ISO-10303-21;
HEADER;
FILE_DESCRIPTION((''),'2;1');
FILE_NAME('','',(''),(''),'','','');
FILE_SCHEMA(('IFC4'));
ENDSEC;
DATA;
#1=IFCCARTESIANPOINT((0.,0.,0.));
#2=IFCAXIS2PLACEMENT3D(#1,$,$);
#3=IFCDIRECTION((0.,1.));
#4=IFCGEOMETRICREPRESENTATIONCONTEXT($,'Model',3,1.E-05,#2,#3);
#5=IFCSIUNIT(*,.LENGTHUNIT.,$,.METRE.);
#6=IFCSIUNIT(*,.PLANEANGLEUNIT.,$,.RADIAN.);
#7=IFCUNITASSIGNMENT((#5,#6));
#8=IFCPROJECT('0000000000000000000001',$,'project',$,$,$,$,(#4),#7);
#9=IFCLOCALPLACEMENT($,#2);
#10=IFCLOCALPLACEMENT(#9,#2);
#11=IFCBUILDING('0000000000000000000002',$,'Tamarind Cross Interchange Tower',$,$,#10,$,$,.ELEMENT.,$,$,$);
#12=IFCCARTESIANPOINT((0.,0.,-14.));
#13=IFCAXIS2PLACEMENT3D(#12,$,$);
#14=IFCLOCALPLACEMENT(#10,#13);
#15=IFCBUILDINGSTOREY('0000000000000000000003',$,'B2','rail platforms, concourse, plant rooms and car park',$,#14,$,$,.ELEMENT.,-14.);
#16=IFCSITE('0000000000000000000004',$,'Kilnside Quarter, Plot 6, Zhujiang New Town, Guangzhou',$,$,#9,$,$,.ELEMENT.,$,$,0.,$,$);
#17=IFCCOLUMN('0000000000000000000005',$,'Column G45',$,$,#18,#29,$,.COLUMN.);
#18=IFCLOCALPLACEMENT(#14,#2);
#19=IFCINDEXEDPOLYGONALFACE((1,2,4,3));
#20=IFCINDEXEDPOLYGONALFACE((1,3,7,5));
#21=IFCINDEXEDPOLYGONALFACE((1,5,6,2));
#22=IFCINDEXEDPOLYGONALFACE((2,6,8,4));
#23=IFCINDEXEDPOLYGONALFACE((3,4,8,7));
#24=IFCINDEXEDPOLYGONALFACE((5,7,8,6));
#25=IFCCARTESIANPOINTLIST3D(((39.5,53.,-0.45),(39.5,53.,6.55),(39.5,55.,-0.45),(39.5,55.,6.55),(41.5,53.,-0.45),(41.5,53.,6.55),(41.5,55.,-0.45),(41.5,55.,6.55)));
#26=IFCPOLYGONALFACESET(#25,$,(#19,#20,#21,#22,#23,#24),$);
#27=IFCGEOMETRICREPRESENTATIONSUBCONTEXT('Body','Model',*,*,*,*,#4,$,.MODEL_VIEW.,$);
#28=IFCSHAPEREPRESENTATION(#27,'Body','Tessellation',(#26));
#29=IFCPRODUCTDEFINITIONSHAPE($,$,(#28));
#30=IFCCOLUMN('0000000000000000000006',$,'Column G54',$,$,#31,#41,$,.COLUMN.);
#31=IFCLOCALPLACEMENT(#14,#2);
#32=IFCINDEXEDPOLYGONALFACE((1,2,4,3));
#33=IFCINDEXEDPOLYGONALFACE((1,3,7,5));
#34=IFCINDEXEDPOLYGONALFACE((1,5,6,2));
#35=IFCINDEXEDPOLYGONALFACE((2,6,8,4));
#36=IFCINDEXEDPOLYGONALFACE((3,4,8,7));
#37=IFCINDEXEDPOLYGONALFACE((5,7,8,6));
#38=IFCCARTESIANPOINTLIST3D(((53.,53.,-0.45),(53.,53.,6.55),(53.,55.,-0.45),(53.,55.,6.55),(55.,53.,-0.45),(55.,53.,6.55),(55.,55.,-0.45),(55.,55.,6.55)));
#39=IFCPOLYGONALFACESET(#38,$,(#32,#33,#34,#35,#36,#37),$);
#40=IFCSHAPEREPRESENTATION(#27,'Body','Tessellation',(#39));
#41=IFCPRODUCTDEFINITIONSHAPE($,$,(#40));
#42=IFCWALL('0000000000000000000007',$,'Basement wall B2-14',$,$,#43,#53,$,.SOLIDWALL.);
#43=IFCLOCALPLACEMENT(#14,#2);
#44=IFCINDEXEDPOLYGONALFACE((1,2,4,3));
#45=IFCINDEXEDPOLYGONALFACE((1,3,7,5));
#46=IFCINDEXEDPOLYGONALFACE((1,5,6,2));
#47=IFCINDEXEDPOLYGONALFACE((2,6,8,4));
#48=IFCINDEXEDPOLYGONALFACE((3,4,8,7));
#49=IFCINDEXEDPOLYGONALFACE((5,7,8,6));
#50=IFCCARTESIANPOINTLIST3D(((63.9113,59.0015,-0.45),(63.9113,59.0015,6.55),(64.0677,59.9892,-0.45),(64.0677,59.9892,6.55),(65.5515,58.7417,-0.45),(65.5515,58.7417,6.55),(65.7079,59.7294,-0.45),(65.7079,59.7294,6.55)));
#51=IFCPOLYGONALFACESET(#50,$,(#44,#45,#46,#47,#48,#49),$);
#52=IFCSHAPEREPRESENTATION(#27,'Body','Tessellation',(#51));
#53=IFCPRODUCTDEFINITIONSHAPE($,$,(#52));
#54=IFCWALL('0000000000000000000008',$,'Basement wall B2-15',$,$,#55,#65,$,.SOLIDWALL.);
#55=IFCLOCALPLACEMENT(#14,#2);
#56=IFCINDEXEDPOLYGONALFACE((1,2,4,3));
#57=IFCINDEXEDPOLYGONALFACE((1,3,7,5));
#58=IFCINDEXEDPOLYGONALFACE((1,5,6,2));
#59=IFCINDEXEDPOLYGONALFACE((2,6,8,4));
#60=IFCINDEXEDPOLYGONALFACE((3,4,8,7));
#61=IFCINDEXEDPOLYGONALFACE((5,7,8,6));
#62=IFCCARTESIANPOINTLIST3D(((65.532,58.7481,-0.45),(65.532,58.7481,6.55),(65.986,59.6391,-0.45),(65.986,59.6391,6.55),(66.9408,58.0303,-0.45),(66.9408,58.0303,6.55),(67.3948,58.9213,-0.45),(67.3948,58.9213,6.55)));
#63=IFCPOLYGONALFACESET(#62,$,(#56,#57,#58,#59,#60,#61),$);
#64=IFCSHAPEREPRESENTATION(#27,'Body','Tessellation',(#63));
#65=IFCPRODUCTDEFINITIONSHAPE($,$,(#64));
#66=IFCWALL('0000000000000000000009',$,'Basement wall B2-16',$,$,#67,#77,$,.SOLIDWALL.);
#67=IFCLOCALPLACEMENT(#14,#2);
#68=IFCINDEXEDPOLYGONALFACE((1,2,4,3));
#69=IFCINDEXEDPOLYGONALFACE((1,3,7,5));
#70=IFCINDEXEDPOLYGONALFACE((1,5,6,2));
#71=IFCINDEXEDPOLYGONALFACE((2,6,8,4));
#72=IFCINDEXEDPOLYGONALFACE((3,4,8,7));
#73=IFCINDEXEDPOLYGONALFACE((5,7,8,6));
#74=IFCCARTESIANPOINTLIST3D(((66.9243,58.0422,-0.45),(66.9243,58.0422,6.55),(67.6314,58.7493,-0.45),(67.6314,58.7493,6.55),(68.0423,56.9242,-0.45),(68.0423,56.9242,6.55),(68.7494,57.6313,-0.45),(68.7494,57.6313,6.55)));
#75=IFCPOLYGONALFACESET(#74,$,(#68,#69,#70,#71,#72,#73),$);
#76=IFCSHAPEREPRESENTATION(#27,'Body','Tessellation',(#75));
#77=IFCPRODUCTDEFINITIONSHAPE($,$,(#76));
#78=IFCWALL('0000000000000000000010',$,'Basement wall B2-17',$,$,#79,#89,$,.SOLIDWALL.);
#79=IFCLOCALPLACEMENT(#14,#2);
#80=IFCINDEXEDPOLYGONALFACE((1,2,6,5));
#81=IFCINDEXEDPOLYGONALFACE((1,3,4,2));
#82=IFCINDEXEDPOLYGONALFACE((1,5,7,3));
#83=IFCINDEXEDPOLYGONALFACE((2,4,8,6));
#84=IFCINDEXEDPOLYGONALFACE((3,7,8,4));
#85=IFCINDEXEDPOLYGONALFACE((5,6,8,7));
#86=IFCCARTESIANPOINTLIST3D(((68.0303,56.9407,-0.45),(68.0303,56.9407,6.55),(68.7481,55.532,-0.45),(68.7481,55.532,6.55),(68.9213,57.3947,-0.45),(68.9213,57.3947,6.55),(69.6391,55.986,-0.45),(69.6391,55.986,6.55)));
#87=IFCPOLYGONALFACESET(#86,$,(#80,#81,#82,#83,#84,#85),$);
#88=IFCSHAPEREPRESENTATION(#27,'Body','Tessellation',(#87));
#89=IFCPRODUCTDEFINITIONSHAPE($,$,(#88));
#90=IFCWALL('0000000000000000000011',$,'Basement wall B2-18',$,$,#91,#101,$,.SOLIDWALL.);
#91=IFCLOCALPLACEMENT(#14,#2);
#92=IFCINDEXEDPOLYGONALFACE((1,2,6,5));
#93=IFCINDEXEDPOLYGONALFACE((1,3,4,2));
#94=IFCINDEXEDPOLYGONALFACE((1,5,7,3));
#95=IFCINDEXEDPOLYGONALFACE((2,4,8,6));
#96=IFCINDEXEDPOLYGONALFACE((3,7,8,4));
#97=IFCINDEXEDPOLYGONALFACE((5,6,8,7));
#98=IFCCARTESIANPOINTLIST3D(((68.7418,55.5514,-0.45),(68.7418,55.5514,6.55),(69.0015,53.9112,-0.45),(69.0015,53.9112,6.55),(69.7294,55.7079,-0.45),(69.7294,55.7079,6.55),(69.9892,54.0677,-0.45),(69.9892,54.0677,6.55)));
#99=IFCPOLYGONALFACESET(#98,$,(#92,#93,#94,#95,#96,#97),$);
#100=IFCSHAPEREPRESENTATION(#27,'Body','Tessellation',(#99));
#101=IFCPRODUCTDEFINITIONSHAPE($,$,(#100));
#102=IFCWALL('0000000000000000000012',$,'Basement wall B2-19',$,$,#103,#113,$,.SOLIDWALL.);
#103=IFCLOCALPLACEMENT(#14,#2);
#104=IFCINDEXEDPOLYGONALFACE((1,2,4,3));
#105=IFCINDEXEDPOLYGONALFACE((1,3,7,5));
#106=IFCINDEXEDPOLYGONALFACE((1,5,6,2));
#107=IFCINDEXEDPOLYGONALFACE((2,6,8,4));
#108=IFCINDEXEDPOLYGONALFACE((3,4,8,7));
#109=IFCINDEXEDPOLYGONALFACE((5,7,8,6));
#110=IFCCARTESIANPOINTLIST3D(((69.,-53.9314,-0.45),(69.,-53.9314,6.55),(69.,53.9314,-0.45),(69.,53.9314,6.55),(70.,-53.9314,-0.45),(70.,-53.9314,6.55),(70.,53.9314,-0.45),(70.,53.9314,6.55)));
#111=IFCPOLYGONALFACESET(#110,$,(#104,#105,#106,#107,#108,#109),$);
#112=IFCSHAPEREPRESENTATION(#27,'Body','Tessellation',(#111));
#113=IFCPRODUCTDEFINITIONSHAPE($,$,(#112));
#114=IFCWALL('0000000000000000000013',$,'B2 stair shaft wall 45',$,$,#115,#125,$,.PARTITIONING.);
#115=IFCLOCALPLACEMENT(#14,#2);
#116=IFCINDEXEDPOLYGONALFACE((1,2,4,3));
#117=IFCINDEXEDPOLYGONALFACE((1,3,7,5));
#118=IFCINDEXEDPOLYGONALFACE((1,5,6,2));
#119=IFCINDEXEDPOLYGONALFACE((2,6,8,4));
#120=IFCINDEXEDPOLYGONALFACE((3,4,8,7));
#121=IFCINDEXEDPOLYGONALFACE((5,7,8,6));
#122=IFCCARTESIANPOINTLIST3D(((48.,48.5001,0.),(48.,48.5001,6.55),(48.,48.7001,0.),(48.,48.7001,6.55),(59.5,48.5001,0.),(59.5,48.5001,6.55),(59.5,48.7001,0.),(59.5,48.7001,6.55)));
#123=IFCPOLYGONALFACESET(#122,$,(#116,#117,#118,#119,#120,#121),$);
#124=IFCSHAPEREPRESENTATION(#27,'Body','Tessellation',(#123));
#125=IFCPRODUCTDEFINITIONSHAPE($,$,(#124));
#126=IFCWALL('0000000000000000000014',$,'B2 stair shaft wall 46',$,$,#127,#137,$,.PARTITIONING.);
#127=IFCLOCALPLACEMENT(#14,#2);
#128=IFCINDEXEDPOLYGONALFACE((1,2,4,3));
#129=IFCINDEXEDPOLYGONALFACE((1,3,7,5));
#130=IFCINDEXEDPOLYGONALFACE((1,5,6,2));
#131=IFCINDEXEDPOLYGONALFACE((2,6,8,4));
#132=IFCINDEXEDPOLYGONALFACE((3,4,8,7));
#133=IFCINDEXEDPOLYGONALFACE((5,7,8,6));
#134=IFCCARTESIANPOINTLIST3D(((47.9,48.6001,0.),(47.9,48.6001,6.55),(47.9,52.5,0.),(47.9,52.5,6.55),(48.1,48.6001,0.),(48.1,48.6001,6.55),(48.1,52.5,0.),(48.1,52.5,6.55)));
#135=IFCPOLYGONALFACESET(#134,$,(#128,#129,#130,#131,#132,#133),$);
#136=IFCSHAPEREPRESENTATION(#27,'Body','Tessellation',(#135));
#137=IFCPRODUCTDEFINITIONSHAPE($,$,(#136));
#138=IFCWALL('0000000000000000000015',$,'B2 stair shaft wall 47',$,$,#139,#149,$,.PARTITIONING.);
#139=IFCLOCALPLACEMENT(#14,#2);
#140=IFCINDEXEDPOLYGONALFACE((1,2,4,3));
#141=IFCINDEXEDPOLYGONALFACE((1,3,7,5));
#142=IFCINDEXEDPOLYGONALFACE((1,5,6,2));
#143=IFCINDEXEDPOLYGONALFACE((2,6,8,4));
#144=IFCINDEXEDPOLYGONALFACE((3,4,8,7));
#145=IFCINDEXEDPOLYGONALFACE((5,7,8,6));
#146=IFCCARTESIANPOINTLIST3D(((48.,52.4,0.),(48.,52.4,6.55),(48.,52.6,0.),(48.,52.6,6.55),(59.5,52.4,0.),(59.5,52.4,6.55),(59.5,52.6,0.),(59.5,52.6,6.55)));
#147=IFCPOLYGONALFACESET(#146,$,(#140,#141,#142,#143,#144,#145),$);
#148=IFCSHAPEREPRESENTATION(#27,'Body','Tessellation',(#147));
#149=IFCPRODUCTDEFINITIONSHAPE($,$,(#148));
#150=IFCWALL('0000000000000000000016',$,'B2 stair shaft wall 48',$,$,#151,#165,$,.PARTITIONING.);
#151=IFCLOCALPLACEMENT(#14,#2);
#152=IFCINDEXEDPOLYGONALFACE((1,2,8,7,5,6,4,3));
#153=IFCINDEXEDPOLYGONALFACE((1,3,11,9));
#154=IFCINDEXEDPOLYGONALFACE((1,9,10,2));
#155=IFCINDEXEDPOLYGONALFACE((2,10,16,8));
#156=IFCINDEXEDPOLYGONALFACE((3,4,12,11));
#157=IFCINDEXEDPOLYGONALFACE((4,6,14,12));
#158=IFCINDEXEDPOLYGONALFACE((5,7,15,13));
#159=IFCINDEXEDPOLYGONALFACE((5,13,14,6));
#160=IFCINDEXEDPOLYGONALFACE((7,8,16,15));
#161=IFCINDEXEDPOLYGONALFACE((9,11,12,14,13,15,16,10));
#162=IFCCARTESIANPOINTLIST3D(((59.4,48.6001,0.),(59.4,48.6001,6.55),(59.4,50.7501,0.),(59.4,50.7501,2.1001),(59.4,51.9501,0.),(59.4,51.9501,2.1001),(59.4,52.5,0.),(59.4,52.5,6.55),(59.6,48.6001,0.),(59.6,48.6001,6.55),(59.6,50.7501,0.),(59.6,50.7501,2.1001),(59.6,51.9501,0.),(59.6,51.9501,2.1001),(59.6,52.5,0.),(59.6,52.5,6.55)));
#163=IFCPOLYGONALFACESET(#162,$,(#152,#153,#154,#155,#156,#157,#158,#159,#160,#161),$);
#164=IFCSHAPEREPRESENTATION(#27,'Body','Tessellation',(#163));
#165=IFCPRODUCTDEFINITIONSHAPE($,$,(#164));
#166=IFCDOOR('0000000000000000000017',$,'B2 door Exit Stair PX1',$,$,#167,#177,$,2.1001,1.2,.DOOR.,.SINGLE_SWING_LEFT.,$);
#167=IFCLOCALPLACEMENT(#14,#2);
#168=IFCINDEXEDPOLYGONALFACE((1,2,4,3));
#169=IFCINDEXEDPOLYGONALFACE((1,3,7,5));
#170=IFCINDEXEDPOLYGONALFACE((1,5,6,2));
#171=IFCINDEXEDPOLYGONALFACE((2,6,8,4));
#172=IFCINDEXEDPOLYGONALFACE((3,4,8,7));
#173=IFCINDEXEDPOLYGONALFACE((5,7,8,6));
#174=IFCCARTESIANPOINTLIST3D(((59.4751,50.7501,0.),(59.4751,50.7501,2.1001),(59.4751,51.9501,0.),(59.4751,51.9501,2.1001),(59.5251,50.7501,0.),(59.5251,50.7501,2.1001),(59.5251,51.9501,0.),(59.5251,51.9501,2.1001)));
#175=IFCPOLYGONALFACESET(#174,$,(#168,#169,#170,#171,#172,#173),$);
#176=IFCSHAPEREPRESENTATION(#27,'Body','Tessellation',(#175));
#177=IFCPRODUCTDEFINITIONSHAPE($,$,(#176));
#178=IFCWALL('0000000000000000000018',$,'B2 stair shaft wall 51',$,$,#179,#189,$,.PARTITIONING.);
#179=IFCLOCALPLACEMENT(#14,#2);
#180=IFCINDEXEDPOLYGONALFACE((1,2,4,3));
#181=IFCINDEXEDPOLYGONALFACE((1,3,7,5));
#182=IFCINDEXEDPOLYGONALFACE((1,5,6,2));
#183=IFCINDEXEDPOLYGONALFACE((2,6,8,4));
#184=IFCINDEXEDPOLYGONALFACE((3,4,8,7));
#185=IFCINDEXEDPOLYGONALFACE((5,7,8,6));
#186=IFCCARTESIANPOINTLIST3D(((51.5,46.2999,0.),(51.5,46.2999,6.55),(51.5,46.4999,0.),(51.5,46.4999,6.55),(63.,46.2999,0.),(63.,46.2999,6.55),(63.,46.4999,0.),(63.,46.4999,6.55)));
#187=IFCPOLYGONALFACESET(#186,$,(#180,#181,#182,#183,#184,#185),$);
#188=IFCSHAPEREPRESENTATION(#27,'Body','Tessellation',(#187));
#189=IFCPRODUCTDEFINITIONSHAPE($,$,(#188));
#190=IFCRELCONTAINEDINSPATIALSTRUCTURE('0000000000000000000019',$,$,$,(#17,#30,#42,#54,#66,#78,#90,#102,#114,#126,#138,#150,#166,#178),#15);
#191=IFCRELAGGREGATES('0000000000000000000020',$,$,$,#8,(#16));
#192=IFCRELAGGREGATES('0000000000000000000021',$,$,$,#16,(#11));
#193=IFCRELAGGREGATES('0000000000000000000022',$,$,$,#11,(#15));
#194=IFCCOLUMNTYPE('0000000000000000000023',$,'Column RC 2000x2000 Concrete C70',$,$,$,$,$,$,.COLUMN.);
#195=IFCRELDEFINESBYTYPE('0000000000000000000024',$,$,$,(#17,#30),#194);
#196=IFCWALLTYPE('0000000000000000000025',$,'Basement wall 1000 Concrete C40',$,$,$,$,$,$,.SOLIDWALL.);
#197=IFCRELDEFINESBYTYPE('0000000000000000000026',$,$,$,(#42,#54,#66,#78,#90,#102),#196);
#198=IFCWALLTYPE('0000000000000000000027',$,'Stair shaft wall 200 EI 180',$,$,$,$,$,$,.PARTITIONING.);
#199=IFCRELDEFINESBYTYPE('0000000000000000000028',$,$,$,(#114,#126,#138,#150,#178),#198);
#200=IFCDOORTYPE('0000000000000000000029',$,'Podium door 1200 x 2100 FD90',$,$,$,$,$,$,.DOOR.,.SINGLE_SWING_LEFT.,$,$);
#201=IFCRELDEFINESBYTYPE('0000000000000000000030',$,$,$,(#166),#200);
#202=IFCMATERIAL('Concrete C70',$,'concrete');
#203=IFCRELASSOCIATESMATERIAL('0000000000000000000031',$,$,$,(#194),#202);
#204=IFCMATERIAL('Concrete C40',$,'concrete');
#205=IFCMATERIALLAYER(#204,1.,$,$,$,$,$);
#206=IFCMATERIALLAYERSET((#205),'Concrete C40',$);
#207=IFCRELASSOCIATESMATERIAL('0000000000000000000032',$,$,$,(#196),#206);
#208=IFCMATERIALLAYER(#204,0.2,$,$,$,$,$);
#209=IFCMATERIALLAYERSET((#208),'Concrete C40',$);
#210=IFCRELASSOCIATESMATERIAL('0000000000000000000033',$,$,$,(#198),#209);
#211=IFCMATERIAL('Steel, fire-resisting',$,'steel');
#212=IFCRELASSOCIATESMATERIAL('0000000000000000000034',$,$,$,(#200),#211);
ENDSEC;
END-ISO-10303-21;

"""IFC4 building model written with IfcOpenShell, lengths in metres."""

from ifc_helpers import new_model, si_unit, direction, frame, frame_2d, origin, origin_2d, place, context, subcontext, project, spatial, rectangle, extrude, material, layer, layer_set, material_profile, profile_set, type_object, element, fill, save


model = new_model("IFC4")

# Units and contexts
model_context = context("Model", 3, precision=1e-05, world=origin(), true_north=direction((0.0, 1.0)))
body_context = subcontext(model_context, "Body", "Model", "MODEL_VIEW")
ifc_project = project(units=[si_unit("LENGTHUNIT", "METRE"), si_unit("PLANEANGLEUNIT", "RADIAN")], contexts=[model_context])

# Site, building, storey
site_placement = place(None, origin())
site = spatial("IfcSite", under=ifc_project, at=site_placement, Name="Kilnside Quarter, Plot 6, Zhujiang New Town, Guangzhou", CompositionType="ELEMENT", RefElevation=0.0)
building_placement = place(site_placement, origin())
building = spatial("IfcBuilding", under=site, at=building_placement, Name="Tamarind Cross Interchange Tower", CompositionType="ELEMENT")
storey_placement = place(building_placement, frame((0.0, 0.0, -14.0)))
storey = spatial("IfcBuildingStorey", under=building, at=storey_placement, Name="B2", Description="rail platforms, concourse, plant rooms and car park", CompositionType="ELEMENT", Elevation=-14.0)

# Columns
ifc_material_1 = material(Name="Concrete C70", Category="concrete")
ifc_material_profile = material_profile(ifc_material_1, rectangle(XDim=2.0, YDim=2.0, at=origin_2d()), Name="RC 2000x2000")
ifc_profile_set = profile_set([ifc_material_profile], Name="Concrete C70")
column_type = type_object("IfcColumnType", Name="Column RC 2000x2000 Concrete C70", PredefinedType="COLUMN", material=ifc_profile_set)
for number, where, z_axis, x_axis, name in (
    (1, (40.5, 54.0, -0.45), (0.0, 0.0, 1.0), (1.0, 0.0, 0.0), "Column G45"),
    (2, (54.0, 54.0, -0.45), (0.0, 0.0, 1.0), (1.0, 0.0, 0.0), "Column G54"),
):
    element("IfcColumn", number, at=place(storey_placement, frame(where, z_axis=z_axis, x_axis=x_axis)), inside=storey, type_object=column_type, Name=name, PredefinedType="COLUMN", context=body_context, shape_type="SweptSolid", body=[
        extrude(rectangle(XDim=2.0, YDim=2.0, at=origin_2d()), origin(), (0.0, 0.0, 1.0), 7.0),
    ])

# Walls
ifc_material_2 = material(Name="Concrete C40", Category="concrete")
ifc_layer_1 = layer(ifc_material_2, 1.0)
ifc_layer_set_1 = layer_set([ifc_layer_1], Name="Concrete C40")
wall_type_1 = type_object("IfcWallType", Name="Basement wall 1000 Concrete C40", PredefinedType="SOLIDWALL", material=ifc_layer_set_1)
wall_1_placement = place(storey_placement, frame((63.9895, 59.4954, -0.45), z_axis=(0.0, 0.0, 1.0), x_axis=(0.987689, -0.156431, 0.0)))
element("IfcWall", 3, at=wall_1_placement, inside=storey, type_object=wall_type_1, Name="Basement wall B2-14", PredefinedType="SOLIDWALL", context=body_context, shape_type="SweptSolid", body=[
    extrude(rectangle(XDim=1.6606, YDim=1.0, at=frame_2d((0.8303, 0.0))), origin(), (0.0, 0.0, 1.0), 7.0),
])
for number, where, z_axis, x_axis, name in (
    (4, (65.759, 59.1936, -0.45), (0.0, 0.0, 1.0), (0.891004, -0.453995, 0.0), "Basement wall B2-15"),
    (5, (67.2778, 58.3958, -0.45), (0.0, 0.0, 1.0), (0.707107, -0.707107, 0.0), "Basement wall B2-16"),
    (6, (68.4758, 57.1677, -0.45), (0.0, 0.0, 1.0), (0.453995, -0.891004, 0.0), "Basement wall B2-17"),
):
    element("IfcWall", number, at=place(storey_placement, frame(where, z_axis=z_axis, x_axis=x_axis)), inside=storey, type_object=wall_type_1, Name=name, PredefinedType="SOLIDWALL", context=body_context, shape_type="SweptSolid", body=[
        extrude(rectangle(XDim=1.5811, YDim=1.0, at=frame_2d((0.7905, 0.0))), origin(), (0.0, 0.0, 1.0), 7.0),
    ])
wall_2_placement = place(storey_placement, frame((69.2356, 55.6296, -0.45), z_axis=(0.0, 0.0, 1.0), x_axis=(0.156431, -0.987689, 0.0)))
element("IfcWall", 7, at=wall_2_placement, inside=storey, type_object=wall_type_1, Name="Basement wall B2-18", PredefinedType="SOLIDWALL", context=body_context, shape_type="SweptSolid", body=[
    extrude(rectangle(XDim=1.6606, YDim=1.0, at=frame_2d((0.8303, 0.0))), origin(), (0.0, 0.0, 1.0), 7.0),
])
wall_3_placement = place(storey_placement, frame((69.5, 53.9314, -0.45), z_axis=(0.0, 0.0, 1.0), x_axis=(0.0, -1.0, 0.0)))
element("IfcWall", 8, at=wall_3_placement, inside=storey, type_object=wall_type_1, Name="Basement wall B2-19", PredefinedType="SOLIDWALL", context=body_context, shape_type="SweptSolid", body=[
    extrude(rectangle(XDim=107.8628, YDim=1.0, at=frame_2d((53.9314, 0.0))), origin(), (0.0, 0.0, 1.0), 7.0),
])
ifc_layer_2 = layer(ifc_material_2, 0.2)
ifc_layer_set_2 = layer_set([ifc_layer_2], Name="Concrete C40")
wall_type_2 = type_object("IfcWallType", Name="Stair shaft wall 200 EI 180", PredefinedType="PARTITIONING", material=ifc_layer_set_2)
wall_4_placement = place(storey_placement, frame((48.0, 48.6001, 0.0), z_axis=(0.0, 0.0, 1.0), x_axis=(1.0, 0.0, 0.0)))
element("IfcWall", 9, at=wall_4_placement, inside=storey, type_object=wall_type_2, Name="B2 stair shaft wall 45", PredefinedType="PARTITIONING", context=body_context, shape_type="SweptSolid", body=[
    extrude(rectangle(XDim=11.5, YDim=0.2, at=frame_2d((5.75, 0.0))), origin(), (0.0, 0.0, 1.0), 6.55),
])
wall_5_placement = place(storey_placement, frame((48.0, 48.6001, 0.0), z_axis=(0.0, 0.0, 1.0), x_axis=(0.0, 1.0, 0.0)))
element("IfcWall", 10, at=wall_5_placement, inside=storey, type_object=wall_type_2, Name="B2 stair shaft wall 46", PredefinedType="PARTITIONING", context=body_context, shape_type="SweptSolid", body=[
    extrude(rectangle(XDim=3.8999, YDim=0.2, at=frame_2d((1.95, 0.0))), origin(), (0.0, 0.0, 1.0), 6.55),
])
wall_6_placement = place(storey_placement, frame((48.0, 52.5, 0.0), z_axis=(0.0, 0.0, 1.0), x_axis=(1.0, 0.0, 0.0)))
element("IfcWall", 11, at=wall_6_placement, inside=storey, type_object=wall_type_2, Name="B2 stair shaft wall 47", PredefinedType="PARTITIONING", context=body_context, shape_type="SweptSolid", body=[
    extrude(rectangle(XDim=11.5, YDim=0.2, at=frame_2d((5.75, 0.0))), origin(), (0.0, 0.0, 1.0), 6.55),
])

# Wall, opening, door
wall_7_placement = place(storey_placement, frame((59.5, 48.6001, 0.0), z_axis=(0.0, 0.0, 1.0), x_axis=(0.0, 1.0, 0.0)))
wall_7 = element("IfcWall", 12, at=wall_7_placement, inside=storey, type_object=wall_type_2, Name="B2 stair shaft wall 48", PredefinedType="PARTITIONING", context=body_context, shape_type="SweptSolid", body=[
    extrude(rectangle(XDim=3.8999, YDim=0.2, at=frame_2d((1.95, 0.0))), origin(), (0.0, 0.0, 1.0), 6.55),
])
opening_placement = place(wall_7_placement, frame((2.1499, 0.0, 0.0)))
opening = element("IfcOpeningElement", 13, at=opening_placement, cuts=wall_7, PredefinedType="OPENING", context=body_context, shape_type="SweptSolid", body=[
    extrude(rectangle(XDim=1.2, YDim=2.1001, at=frame_2d((0.6001, 1.05))), frame((0.0, 0.1099, 0.0), z_axis=(0.0, -1.0, 0.0), x_axis=(1.0, 0.0, 0.0)), (0.0, 0.0, 1.0), 0.22),
])
ifc_material_3 = material(Name="Steel, fire-resisting", Category="steel")
door_type = type_object("IfcDoorType", Name="Podium door 1200 x 2100 FD90", OperationType="SINGLE_SWING_LEFT", PredefinedType="DOOR", material=ifc_material_3)
door_placement = place(opening_placement, origin())
door = element("IfcDoor", 14, at=door_placement, inside=storey, type_object=door_type, Name="B2 door Exit Stair PX1", OperationType="SINGLE_SWING_LEFT", OverallHeight=2.1001, OverallWidth=1.2, PredefinedType="DOOR", context=body_context, shape_type="SweptSolid", body=[
    extrude(rectangle(XDim=1.2, YDim=2.1001, at=frame_2d((0.6001, 1.05))), frame((0.0, 0.0249, 0.0), z_axis=(0.0, -1.0, 0.0), x_axis=(1.0, 0.0, 0.0)), (0.0, 0.0, 1.0), 0.05),
])
fill(opening, door)

# Wall
wall_8_placement = place(storey_placement, frame((51.5, 46.3999, 0.0), z_axis=(0.0, 0.0, 1.0), x_axis=(1.0, 0.0, 0.0)))
element("IfcWall", 15, at=wall_8_placement, inside=storey, type_object=wall_type_2, Name="B2 stair shaft wall 51", PredefinedType="PARTITIONING", context=body_context, shape_type="SweptSolid", body=[
    extrude(rectangle(XDim=11.5, YDim=0.2, at=frame_2d((5.75, 0.0))), origin(), (0.0, 0.0, 1.0), 6.55),
])

save(model, "model.ifc")
